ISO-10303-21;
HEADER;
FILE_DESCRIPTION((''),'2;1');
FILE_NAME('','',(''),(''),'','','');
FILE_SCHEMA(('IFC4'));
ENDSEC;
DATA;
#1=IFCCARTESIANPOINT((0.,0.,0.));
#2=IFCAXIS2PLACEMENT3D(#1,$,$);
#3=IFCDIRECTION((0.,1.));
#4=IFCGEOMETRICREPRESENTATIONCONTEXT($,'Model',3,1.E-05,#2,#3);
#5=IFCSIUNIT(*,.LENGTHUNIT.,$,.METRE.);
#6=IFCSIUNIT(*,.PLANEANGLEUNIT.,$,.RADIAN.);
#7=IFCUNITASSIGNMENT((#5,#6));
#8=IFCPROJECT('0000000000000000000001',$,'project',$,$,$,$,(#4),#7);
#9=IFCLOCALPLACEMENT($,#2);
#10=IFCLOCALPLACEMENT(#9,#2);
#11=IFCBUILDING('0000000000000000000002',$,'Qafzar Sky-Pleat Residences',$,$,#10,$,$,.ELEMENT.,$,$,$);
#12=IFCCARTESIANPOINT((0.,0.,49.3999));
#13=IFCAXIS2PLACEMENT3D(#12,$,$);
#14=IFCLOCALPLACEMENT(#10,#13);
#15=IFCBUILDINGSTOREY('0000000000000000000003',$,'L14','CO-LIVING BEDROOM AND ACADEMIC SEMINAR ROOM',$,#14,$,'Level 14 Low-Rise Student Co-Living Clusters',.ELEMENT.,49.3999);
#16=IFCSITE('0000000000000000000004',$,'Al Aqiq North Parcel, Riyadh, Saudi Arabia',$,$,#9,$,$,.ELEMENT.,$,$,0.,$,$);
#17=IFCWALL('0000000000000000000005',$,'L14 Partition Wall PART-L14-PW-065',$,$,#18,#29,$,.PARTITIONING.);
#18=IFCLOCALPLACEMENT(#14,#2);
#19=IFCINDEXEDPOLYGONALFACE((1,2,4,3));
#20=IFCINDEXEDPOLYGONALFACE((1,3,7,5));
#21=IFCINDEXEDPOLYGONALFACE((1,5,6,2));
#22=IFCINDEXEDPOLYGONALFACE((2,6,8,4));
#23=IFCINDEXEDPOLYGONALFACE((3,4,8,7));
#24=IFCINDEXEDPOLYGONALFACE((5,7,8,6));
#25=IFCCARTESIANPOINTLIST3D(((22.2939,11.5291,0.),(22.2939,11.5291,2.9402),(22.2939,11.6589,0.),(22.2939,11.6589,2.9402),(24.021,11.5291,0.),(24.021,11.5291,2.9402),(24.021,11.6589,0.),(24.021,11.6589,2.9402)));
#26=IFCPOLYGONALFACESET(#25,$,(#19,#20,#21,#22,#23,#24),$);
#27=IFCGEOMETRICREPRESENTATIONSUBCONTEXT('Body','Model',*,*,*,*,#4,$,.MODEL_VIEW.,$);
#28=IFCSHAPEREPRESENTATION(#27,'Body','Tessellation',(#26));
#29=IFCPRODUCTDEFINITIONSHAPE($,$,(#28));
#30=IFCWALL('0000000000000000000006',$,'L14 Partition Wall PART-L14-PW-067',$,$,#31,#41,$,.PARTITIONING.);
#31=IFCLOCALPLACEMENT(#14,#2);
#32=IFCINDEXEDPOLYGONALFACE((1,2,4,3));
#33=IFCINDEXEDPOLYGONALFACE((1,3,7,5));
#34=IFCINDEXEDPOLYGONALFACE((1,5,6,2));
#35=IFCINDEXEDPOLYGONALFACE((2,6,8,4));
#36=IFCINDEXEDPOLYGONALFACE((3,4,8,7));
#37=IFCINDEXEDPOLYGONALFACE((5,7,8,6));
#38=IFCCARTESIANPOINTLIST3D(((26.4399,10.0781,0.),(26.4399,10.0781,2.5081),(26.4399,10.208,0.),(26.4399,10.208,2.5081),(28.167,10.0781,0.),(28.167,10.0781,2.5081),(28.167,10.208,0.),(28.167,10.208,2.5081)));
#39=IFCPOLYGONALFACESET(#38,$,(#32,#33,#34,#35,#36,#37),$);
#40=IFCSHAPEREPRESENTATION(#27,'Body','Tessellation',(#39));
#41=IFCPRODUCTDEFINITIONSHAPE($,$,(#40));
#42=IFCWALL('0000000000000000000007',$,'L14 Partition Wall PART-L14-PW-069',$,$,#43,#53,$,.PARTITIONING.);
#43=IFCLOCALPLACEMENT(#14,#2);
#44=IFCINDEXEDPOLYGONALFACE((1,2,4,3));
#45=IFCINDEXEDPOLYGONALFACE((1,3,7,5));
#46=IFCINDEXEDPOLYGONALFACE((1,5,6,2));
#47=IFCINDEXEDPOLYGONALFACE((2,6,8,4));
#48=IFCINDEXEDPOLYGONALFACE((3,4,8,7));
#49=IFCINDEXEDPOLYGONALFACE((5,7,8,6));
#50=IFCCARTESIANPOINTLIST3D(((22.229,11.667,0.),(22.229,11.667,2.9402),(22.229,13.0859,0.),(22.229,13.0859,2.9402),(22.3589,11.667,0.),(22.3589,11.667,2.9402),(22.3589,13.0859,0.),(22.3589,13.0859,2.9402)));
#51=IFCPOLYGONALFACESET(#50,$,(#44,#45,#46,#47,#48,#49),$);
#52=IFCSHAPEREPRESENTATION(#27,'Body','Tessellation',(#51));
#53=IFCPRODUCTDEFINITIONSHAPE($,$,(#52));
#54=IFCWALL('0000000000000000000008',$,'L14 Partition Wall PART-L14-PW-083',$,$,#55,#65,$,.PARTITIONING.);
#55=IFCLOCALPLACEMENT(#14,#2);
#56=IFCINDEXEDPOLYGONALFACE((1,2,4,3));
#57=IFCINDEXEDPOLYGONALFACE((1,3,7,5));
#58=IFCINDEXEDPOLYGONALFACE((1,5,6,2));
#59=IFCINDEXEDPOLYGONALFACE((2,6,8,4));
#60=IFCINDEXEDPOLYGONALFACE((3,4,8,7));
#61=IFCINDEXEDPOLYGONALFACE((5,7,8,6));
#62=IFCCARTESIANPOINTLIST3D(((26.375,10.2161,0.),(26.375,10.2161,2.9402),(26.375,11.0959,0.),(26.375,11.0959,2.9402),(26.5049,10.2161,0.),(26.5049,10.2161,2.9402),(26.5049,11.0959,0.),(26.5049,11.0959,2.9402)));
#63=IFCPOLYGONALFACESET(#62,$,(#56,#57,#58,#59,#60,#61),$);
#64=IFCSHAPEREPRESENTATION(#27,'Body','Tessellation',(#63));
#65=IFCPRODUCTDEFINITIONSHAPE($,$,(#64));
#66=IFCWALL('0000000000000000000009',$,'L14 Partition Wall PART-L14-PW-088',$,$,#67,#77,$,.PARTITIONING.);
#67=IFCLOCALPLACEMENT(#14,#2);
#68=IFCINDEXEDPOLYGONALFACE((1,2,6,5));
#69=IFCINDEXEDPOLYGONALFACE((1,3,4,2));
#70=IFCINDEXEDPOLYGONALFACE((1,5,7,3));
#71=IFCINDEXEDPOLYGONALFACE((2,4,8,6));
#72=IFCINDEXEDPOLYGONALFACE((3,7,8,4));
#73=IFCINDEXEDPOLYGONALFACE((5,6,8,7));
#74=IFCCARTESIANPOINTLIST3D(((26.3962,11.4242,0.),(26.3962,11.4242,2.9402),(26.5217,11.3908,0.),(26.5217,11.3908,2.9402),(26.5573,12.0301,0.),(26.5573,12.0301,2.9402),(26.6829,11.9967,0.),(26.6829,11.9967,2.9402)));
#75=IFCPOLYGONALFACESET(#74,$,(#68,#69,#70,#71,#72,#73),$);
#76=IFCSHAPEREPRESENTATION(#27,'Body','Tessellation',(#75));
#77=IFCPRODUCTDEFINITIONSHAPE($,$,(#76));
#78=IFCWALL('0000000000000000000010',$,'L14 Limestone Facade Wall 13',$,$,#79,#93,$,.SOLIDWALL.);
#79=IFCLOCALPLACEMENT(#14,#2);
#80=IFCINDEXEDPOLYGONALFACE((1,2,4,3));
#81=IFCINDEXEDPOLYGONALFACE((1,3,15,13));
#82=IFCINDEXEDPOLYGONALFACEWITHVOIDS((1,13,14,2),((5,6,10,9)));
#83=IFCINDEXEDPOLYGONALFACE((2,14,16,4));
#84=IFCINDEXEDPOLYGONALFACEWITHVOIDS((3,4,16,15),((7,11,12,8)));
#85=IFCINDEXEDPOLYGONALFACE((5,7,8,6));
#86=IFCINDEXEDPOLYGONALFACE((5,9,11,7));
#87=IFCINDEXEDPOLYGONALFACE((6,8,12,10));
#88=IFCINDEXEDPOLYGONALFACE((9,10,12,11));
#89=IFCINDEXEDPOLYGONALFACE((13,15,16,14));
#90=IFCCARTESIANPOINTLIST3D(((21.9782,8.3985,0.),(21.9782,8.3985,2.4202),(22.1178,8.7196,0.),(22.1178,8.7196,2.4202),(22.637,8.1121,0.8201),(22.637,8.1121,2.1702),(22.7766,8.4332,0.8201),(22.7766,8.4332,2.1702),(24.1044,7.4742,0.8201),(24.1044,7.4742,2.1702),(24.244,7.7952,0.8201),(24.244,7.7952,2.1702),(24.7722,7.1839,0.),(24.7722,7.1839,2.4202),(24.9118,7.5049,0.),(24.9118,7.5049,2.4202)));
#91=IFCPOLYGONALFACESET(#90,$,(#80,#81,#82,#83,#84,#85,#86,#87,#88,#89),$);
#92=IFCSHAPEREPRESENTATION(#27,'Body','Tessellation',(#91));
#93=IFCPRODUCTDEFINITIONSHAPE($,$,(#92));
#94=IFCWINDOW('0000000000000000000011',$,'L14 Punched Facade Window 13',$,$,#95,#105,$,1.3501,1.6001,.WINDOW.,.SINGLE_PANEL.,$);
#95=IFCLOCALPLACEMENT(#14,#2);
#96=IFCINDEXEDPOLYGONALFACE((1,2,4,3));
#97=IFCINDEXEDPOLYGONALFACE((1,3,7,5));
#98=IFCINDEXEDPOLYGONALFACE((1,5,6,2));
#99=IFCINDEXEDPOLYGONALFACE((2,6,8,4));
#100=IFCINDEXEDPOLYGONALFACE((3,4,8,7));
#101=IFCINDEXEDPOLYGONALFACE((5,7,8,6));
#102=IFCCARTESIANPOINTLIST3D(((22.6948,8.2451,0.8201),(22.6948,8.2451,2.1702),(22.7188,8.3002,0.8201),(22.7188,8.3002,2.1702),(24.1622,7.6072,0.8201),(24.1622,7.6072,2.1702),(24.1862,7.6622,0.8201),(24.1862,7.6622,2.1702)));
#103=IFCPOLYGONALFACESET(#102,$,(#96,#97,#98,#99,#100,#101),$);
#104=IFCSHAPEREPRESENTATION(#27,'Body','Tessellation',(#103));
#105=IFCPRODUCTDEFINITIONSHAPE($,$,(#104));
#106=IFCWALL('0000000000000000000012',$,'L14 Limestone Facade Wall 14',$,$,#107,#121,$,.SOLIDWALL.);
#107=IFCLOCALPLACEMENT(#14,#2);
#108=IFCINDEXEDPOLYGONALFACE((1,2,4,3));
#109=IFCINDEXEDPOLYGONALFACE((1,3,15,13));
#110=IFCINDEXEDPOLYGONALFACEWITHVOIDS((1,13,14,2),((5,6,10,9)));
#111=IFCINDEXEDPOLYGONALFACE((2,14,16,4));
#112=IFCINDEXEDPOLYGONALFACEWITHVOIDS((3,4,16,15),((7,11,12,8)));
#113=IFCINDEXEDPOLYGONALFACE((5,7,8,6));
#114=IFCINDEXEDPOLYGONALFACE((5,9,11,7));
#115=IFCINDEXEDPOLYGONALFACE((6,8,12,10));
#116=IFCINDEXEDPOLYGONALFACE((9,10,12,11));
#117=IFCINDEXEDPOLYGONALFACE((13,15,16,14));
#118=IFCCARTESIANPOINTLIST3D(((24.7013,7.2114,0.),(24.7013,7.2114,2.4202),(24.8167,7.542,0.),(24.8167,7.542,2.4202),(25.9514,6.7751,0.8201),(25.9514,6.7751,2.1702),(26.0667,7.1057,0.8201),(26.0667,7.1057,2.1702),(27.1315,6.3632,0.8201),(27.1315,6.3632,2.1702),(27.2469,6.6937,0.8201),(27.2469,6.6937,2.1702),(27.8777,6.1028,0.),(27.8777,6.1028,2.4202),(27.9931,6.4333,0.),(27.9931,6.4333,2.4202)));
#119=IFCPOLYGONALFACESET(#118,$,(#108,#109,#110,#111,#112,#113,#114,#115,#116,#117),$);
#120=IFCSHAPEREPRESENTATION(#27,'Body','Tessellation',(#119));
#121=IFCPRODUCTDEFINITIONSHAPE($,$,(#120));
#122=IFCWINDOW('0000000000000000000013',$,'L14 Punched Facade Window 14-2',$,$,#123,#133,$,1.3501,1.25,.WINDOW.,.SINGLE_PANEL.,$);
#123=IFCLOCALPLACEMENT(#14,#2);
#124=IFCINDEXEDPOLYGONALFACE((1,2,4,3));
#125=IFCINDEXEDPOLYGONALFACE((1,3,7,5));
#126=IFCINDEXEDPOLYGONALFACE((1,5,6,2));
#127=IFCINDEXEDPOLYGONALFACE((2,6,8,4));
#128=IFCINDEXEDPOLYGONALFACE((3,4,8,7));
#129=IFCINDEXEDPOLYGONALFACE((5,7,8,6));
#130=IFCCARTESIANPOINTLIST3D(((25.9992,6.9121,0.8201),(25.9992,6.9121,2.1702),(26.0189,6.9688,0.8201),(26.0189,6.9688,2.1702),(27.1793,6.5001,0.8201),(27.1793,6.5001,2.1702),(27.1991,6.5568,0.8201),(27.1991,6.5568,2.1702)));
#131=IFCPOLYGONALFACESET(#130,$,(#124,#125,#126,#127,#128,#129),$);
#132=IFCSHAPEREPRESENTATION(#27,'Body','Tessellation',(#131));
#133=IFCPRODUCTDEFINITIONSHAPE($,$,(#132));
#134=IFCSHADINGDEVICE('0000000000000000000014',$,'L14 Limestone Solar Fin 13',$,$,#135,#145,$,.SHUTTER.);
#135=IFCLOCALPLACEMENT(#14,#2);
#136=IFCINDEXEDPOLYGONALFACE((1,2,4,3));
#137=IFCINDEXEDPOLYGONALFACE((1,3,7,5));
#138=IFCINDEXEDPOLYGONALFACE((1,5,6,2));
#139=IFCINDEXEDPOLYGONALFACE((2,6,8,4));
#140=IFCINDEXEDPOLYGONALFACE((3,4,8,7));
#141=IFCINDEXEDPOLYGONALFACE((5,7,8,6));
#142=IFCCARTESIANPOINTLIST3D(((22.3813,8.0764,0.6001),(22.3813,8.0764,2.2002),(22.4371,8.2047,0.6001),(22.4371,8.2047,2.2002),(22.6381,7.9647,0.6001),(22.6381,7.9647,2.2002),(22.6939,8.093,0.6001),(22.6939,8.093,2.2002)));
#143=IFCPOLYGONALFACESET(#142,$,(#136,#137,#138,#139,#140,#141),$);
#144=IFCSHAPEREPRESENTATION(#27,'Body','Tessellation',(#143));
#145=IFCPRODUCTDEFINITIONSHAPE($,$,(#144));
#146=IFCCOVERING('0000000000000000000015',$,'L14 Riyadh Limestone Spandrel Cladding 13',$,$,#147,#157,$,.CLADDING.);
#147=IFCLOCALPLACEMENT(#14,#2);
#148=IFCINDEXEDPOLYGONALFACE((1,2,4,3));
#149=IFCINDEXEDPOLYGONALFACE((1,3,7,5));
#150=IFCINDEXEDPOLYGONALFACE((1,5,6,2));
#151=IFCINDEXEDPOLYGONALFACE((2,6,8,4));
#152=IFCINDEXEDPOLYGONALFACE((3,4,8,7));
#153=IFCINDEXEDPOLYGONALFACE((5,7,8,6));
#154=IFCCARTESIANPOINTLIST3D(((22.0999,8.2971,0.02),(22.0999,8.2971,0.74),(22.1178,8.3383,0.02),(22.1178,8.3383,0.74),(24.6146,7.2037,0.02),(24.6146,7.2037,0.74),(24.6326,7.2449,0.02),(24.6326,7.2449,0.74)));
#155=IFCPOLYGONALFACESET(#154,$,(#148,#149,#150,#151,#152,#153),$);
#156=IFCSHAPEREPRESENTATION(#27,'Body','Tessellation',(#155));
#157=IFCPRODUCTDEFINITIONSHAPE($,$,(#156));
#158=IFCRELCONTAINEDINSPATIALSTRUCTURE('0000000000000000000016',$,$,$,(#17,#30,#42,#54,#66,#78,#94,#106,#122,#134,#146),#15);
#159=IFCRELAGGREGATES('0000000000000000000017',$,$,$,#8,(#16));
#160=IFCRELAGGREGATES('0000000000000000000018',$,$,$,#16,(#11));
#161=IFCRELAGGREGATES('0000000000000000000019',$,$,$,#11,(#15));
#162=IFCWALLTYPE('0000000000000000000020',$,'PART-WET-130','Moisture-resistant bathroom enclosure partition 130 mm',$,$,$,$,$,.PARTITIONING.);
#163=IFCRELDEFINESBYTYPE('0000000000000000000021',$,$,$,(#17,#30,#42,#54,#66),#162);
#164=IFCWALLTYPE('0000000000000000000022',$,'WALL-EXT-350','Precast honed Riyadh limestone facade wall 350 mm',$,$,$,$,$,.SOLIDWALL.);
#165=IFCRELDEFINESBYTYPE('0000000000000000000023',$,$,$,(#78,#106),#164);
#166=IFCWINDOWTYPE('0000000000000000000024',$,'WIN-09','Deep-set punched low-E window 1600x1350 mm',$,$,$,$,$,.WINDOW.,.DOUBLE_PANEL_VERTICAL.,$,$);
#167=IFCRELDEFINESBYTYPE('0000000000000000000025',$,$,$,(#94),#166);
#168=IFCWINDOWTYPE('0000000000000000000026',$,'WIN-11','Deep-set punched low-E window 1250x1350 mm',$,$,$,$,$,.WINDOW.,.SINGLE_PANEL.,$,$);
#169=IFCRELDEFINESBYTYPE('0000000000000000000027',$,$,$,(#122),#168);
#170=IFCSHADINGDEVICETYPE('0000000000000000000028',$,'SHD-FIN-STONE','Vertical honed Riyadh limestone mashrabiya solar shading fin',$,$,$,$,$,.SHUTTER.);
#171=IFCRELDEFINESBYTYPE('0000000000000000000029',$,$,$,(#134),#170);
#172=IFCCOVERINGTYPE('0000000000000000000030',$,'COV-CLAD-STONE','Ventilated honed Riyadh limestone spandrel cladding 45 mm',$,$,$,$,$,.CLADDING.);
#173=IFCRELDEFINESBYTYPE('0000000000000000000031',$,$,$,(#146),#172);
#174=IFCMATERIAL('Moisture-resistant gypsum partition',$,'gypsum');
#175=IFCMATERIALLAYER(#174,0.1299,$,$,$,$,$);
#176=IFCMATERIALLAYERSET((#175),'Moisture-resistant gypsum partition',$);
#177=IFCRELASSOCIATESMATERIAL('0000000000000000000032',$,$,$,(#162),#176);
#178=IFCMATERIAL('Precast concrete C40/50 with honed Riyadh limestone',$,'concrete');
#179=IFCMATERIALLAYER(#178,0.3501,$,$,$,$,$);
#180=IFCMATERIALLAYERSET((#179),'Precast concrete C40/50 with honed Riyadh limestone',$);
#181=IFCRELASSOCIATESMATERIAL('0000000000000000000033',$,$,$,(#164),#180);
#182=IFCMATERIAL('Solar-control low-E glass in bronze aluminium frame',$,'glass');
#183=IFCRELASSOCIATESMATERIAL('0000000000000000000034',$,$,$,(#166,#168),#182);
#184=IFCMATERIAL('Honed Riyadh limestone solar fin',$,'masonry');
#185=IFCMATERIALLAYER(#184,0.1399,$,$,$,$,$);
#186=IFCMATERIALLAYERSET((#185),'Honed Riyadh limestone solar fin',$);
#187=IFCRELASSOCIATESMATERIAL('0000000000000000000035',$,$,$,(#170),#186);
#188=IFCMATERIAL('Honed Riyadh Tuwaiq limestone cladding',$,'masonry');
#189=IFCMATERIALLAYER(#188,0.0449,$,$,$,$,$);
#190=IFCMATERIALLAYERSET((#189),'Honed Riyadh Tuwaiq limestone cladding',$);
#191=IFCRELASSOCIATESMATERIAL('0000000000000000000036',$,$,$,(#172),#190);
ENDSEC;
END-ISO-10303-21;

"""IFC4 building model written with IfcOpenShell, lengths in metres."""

from ifc_helpers import new_model, si_unit, direction, frame, frame_2d, origin, origin_2d, place, context, subcontext, project, spatial, rectangle, extrude, source, transform, mapped, material, layer, layer_set, type_object, element, fill, save


model = new_model("IFC4")

# Units and contexts
model_context = context("Model", 3, precision=1e-05, world=origin(), true_north=direction((0.0, 1.0)))
body_context = subcontext(model_context, "Body", "Model", "MODEL_VIEW")
ifc_project = project(units=[si_unit("LENGTHUNIT", "METRE"), si_unit("PLANEANGLEUNIT", "RADIAN")], contexts=[model_context])

# Site, building, storey
site_placement = place(None, origin())
site = spatial("IfcSite", under=ifc_project, at=site_placement, Name="Al Aqiq North Parcel, Riyadh, Saudi Arabia", CompositionType="ELEMENT", RefElevation=0.0)
building_placement = place(site_placement, origin())
building = spatial("IfcBuilding", under=site, at=building_placement, Name="Qafzar Sky-Pleat Residences", CompositionType="ELEMENT")
storey_placement = place(building_placement, frame((0.0, 0.0, 49.3999)))
storey = spatial("IfcBuildingStorey", under=building, at=storey_placement, Name="L14", Description="CO-LIVING BEDROOM AND ACADEMIC SEMINAR ROOM", LongName="Level 14 Low-Rise Student Co-Living Clusters", CompositionType="ELEMENT", Elevation=49.3999)

# Shared definitions
ifc_material_1 = material(Name="Moisture-resistant gypsum partition", Category="gypsum")
ifc_layer_1 = layer(ifc_material_1, 0.1299)
ifc_layer_set_1 = layer_set([ifc_layer_1], Name="Moisture-resistant gypsum partition")
wall_type_1 = type_object("IfcWallType", Name="PART-WET-130", Description="Moisture-resistant bathroom enclosure partition 130 mm", PredefinedType="PARTITIONING", material=ifc_layer_set_1)

# Walls
wall_1_placement = place(storey_placement, frame((22.2939, 11.594, 0.0), z_axis=(0.0, 0.0, 1.0), x_axis=(1.0, 0.0, 0.0)))
element("IfcWall", 1, at=wall_1_placement, inside=storey, type_object=wall_type_1, Name="L14 Partition Wall PART-L14-PW-065", PredefinedType="PARTITIONING", context=body_context, shape_type="SweptSolid", body=[
    extrude(rectangle(XDim=1.7271, YDim=0.1299, at=frame_2d((0.8635, 0.0))), origin(), (0.0, 0.0, 1.0), 2.9402),
])
wall_2_placement = place(storey_placement, frame((26.4399, 10.1431, 0.0), z_axis=(0.0, 0.0, 1.0), x_axis=(1.0, 0.0, 0.0)))
element("IfcWall", 2, at=wall_2_placement, inside=storey, type_object=wall_type_1, Name="L14 Partition Wall PART-L14-PW-067", PredefinedType="PARTITIONING", context=body_context, shape_type="SweptSolid", body=[
    extrude(rectangle(XDim=1.7271, YDim=0.1299, at=frame_2d((0.8635, 0.0))), origin(), (0.0, 0.0, 1.0), 2.5081),
])
wall_3_placement = place(storey_placement, frame((22.2939, 11.667, 0.0), z_axis=(0.0, 0.0, 1.0), x_axis=(0.0, 1.0, 0.0)))
element("IfcWall", 3, at=wall_3_placement, inside=storey, type_object=wall_type_1, Name="L14 Partition Wall PART-L14-PW-069", PredefinedType="PARTITIONING", context=body_context, shape_type="SweptSolid", body=[
    extrude(rectangle(XDim=1.4189, YDim=0.1299, at=frame_2d((0.7095, 0.0))), origin(), (0.0, 0.0, 1.0), 2.9402),
])
wall_4_placement = place(storey_placement, frame((26.4399, 10.2161, 0.0), z_axis=(0.0, 0.0, 1.0), x_axis=(0.0, 1.0, 0.0)))
element("IfcWall", 4, at=wall_4_placement, inside=storey, type_object=wall_type_1, Name="L14 Partition Wall PART-L14-PW-083", PredefinedType="PARTITIONING", context=body_context, shape_type="SweptSolid", body=[
    extrude(rectangle(XDim=0.8799, YDim=0.1299, at=frame_2d((0.4399, 0.0))), origin(), (0.0, 0.0, 1.0), 2.9402),
])
wall_5_placement = place(storey_placement, frame((26.459, 11.4075, 0.0), z_axis=(0.0, 0.0, 1.0), x_axis=(0.256984, 0.966416, 0.0)))
element("IfcWall", 5, at=wall_5_placement, inside=storey, type_object=wall_type_1, Name="L14 Partition Wall PART-L14-PW-088", PredefinedType="PARTITIONING", context=body_context, shape_type="SweptSolid", body=[
    extrude(rectangle(XDim=0.627, YDim=0.1299, at=frame_2d((0.3135, 0.0))), origin(), (0.0, 0.0, 1.0), 2.9402),
])

# Walls, openings, windows
ifc_material_2 = material(Name="Precast concrete C40/50 with honed Riyadh limestone", Category="concrete")
ifc_layer_2 = layer(ifc_material_2, 0.3501)
ifc_layer_set_2 = layer_set([ifc_layer_2], Name="Precast concrete C40/50 with honed Riyadh limestone")
wall_type_2 = type_object("IfcWallType", Name="WALL-EXT-350", Description="Precast honed Riyadh limestone facade wall 350 mm", PredefinedType="SOLIDWALL", material=ifc_layer_set_2)
wall_6_placement = place(storey_placement, frame((22.0479, 8.5591, 0.0), z_axis=(0.0, 0.0, 1.0), x_axis=(0.917089, -0.398682, 0.0)))
wall_6 = element("IfcWall", 6, at=wall_6_placement, inside=storey, type_object=wall_type_2, Name="L14 Limestone Facade Wall 13", PredefinedType="SOLIDWALL", context=body_context, shape_type="SweptSolid", body=[
    extrude(rectangle(XDim=3.0466, YDim=0.3501, at=frame_2d((1.5234, 0.0))), origin(), (0.0, 0.0, 1.0), 2.4202),
])
opening_1_placement = place(wall_6_placement, frame((0.7185, 0.0, 0.8201)))
opening_1 = element("IfcOpeningElement", 7, at=opening_1_placement, cuts=wall_6, PredefinedType="OPENING", context=body_context, shape_type="SweptSolid", body=[
    extrude(rectangle(XDim=1.6001, YDim=1.3501, at=frame_2d((0.8, 0.675))), frame((0.0, 0.1851, 0.0), z_axis=(0.0, -1.0, 0.0), x_axis=(1.0, 0.0, 0.0)), (0.0, 0.0, 1.0), 0.3701),
])
ifc_material_3 = material(Name="Solar-control low-E glass in bronze aluminium frame", Category="glass")
window_type_1 = type_object("IfcWindowType", Name="WIN-09", Description="Deep-set punched low-E window 1600x1350 mm", PartitioningType="DOUBLE_PANEL_VERTICAL", PredefinedType="WINDOW", material=ifc_material_3)
shared_shape_1 = source(origin(), body_context, "Body", "SweptSolid", [
    extrude(rectangle(XDim=1.6001, YDim=1.3501, at=frame_2d((0.8, 0.675))), frame((0.0, 0.03, 0.0), z_axis=(0.0, -1.0, 0.0), x_axis=(1.0, 0.0, 0.0)), (0.0, 0.0, 1.0), 0.0601),
])
window_1_placement = place(opening_1_placement, origin())
window_1 = element("IfcWindow", 8, at=window_1_placement, inside=storey, type_object=window_type_1, Name="L14 Punched Facade Window 13", OverallHeight=1.3501, OverallWidth=1.6001, PartitioningType="SINGLE_PANEL", PredefinedType="WINDOW", context=body_context, shape_type="MappedRepresentation", body=[
    mapped(shared_shape_1, transform((0.0, 0.0, 0.0), x_axis=(1.0, 0.0, 0.0), y_axis=(0.0, 1.0, 0.0), z_axis=(0.0, 0.0, 1.0), scale=1.0)),
])
fill(opening_1, window_1)
wall_7_placement = place(storey_placement, frame((24.759, 7.3767, 0.0), z_axis=(0.0, 0.0, 1.0), x_axis=(0.944141, -0.329542, 0.0)))
wall_7 = element("IfcWall", 9, at=wall_7_placement, inside=storey, type_object=wall_type_2, Name="L14 Limestone Facade Wall 14", PredefinedType="SOLIDWALL", context=body_context, shape_type="SweptSolid", body=[
    extrude(rectangle(XDim=3.3643, YDim=0.3501, at=frame_2d((1.6821, 0.0))), origin(), (0.0, 0.0, 1.0), 2.4202),
])
opening_2_placement = place(wall_7_placement, frame((1.324, 0.0, 0.8201)))
opening_2 = element("IfcOpeningElement", 10, at=opening_2_placement, cuts=wall_7, PredefinedType="OPENING", context=body_context, shape_type="SweptSolid", body=[
    extrude(rectangle(XDim=1.25, YDim=1.3501, at=frame_2d((0.625, 0.675))), frame((0.0, 0.1851, 0.0), z_axis=(0.0, -1.0, 0.0), x_axis=(1.0, 0.0, 0.0)), (0.0, 0.0, 1.0), 0.3701),
])
window_type_2 = type_object("IfcWindowType", Name="WIN-11", Description="Deep-set punched low-E window 1250x1350 mm", PartitioningType="SINGLE_PANEL", PredefinedType="WINDOW", material=ifc_material_3)
shared_shape_2 = source(origin(), body_context, "Body", "SweptSolid", [
    extrude(rectangle(XDim=1.25, YDim=1.3501, at=frame_2d((0.625, 0.675))), frame((0.0, 0.03, 0.0), z_axis=(0.0, -1.0, 0.0), x_axis=(1.0, 0.0, 0.0)), (0.0, 0.0, 1.0), 0.0601),
])
window_2_placement = place(opening_2_placement, origin())
window_2 = element("IfcWindow", 11, at=window_2_placement, inside=storey, type_object=window_type_2, Name="L14 Punched Facade Window 14-2", OverallHeight=1.3501, OverallWidth=1.25, PartitioningType="SINGLE_PANEL", PredefinedType="WINDOW", context=body_context, shape_type="MappedRepresentation", body=[
    mapped(shared_shape_2, transform((0.0, 0.0, 0.0), x_axis=(1.0, 0.0, 0.0), y_axis=(0.0, 1.0, 0.0), z_axis=(0.0, 0.0, 1.0), scale=1.0)),
])
fill(opening_2, window_2)

# Shading device
ifc_material_4 = material(Name="Honed Riyadh limestone solar fin", Category="masonry")
ifc_layer_3 = layer(ifc_material_4, 0.1399)
ifc_layer_set_3 = layer_set([ifc_layer_3], Name="Honed Riyadh limestone solar fin")
shading_device_type = type_object("IfcShadingDeviceType", Name="SHD-FIN-STONE", Description="Vertical honed Riyadh limestone mashrabiya solar shading fin", PredefinedType="SHUTTER", material=ifc_layer_set_3)
shared_shape_3 = source(origin(), body_context, "Body", "SweptSolid", [
    extrude(rectangle(XDim=0.1399, YDim=0.28, at=origin_2d()), origin(), (0.0, 0.0, 1.0), 1.6001),
])
shading_device_placement = place(storey_placement, frame((22.5376, 8.0847, 0.6001), z_axis=(0.0, 0.0, 1.0), x_axis=(-0.3987, -0.917082, 0.0)))
element("IfcShadingDevice", 12, at=shading_device_placement, inside=storey, type_object=shading_device_type, Name="L14 Limestone Solar Fin 13", PredefinedType="SHUTTER", context=body_context, shape_type="MappedRepresentation", body=[
    mapped(shared_shape_3, transform((0.0, 0.0, 0.0), x_axis=(1.0, 0.0, 0.0), y_axis=(0.0, 1.0, 0.0), z_axis=(0.0, 0.0, 1.0), scale=1.0)),
])

# Covering
ifc_material_5 = material(Name="Honed Riyadh Tuwaiq limestone cladding", Category="masonry")
ifc_layer_4 = layer(ifc_material_5, 0.0449)
ifc_layer_set_4 = layer_set([ifc_layer_4], Name="Honed Riyadh Tuwaiq limestone cladding")
covering_type = type_object("IfcCoveringType", Name="COV-CLAD-STONE", Description="Ventilated honed Riyadh limestone spandrel cladding 45 mm", PredefinedType="CLADDING", material=ifc_layer_set_4)
shared_shape_4 = source(origin(), body_context, "Body", "SweptSolid", [
    extrude(rectangle(XDim=2.7422, YDim=0.0449, at=origin_2d()), origin(), (0.0, 0.0, 1.0), 0.72),
])
covering_placement = place(storey_placement, frame((23.3662, 7.771, 0.02), z_axis=(0.0, 0.0, 1.0), x_axis=(0.917073, -0.398719, 0.0)))
element("IfcCovering", 13, at=covering_placement, inside=storey, type_object=covering_type, Name="L14 Riyadh Limestone Spandrel Cladding 13", PredefinedType="CLADDING", context=body_context, shape_type="MappedRepresentation", body=[
    mapped(shared_shape_4, transform((0.0, 0.0, 0.0), x_axis=(1.0, 0.0, 0.0), y_axis=(0.0, 1.0, 0.0), z_axis=(0.0, 0.0, 1.0), scale=1.0)),
])

save(model, "model.ifc")
